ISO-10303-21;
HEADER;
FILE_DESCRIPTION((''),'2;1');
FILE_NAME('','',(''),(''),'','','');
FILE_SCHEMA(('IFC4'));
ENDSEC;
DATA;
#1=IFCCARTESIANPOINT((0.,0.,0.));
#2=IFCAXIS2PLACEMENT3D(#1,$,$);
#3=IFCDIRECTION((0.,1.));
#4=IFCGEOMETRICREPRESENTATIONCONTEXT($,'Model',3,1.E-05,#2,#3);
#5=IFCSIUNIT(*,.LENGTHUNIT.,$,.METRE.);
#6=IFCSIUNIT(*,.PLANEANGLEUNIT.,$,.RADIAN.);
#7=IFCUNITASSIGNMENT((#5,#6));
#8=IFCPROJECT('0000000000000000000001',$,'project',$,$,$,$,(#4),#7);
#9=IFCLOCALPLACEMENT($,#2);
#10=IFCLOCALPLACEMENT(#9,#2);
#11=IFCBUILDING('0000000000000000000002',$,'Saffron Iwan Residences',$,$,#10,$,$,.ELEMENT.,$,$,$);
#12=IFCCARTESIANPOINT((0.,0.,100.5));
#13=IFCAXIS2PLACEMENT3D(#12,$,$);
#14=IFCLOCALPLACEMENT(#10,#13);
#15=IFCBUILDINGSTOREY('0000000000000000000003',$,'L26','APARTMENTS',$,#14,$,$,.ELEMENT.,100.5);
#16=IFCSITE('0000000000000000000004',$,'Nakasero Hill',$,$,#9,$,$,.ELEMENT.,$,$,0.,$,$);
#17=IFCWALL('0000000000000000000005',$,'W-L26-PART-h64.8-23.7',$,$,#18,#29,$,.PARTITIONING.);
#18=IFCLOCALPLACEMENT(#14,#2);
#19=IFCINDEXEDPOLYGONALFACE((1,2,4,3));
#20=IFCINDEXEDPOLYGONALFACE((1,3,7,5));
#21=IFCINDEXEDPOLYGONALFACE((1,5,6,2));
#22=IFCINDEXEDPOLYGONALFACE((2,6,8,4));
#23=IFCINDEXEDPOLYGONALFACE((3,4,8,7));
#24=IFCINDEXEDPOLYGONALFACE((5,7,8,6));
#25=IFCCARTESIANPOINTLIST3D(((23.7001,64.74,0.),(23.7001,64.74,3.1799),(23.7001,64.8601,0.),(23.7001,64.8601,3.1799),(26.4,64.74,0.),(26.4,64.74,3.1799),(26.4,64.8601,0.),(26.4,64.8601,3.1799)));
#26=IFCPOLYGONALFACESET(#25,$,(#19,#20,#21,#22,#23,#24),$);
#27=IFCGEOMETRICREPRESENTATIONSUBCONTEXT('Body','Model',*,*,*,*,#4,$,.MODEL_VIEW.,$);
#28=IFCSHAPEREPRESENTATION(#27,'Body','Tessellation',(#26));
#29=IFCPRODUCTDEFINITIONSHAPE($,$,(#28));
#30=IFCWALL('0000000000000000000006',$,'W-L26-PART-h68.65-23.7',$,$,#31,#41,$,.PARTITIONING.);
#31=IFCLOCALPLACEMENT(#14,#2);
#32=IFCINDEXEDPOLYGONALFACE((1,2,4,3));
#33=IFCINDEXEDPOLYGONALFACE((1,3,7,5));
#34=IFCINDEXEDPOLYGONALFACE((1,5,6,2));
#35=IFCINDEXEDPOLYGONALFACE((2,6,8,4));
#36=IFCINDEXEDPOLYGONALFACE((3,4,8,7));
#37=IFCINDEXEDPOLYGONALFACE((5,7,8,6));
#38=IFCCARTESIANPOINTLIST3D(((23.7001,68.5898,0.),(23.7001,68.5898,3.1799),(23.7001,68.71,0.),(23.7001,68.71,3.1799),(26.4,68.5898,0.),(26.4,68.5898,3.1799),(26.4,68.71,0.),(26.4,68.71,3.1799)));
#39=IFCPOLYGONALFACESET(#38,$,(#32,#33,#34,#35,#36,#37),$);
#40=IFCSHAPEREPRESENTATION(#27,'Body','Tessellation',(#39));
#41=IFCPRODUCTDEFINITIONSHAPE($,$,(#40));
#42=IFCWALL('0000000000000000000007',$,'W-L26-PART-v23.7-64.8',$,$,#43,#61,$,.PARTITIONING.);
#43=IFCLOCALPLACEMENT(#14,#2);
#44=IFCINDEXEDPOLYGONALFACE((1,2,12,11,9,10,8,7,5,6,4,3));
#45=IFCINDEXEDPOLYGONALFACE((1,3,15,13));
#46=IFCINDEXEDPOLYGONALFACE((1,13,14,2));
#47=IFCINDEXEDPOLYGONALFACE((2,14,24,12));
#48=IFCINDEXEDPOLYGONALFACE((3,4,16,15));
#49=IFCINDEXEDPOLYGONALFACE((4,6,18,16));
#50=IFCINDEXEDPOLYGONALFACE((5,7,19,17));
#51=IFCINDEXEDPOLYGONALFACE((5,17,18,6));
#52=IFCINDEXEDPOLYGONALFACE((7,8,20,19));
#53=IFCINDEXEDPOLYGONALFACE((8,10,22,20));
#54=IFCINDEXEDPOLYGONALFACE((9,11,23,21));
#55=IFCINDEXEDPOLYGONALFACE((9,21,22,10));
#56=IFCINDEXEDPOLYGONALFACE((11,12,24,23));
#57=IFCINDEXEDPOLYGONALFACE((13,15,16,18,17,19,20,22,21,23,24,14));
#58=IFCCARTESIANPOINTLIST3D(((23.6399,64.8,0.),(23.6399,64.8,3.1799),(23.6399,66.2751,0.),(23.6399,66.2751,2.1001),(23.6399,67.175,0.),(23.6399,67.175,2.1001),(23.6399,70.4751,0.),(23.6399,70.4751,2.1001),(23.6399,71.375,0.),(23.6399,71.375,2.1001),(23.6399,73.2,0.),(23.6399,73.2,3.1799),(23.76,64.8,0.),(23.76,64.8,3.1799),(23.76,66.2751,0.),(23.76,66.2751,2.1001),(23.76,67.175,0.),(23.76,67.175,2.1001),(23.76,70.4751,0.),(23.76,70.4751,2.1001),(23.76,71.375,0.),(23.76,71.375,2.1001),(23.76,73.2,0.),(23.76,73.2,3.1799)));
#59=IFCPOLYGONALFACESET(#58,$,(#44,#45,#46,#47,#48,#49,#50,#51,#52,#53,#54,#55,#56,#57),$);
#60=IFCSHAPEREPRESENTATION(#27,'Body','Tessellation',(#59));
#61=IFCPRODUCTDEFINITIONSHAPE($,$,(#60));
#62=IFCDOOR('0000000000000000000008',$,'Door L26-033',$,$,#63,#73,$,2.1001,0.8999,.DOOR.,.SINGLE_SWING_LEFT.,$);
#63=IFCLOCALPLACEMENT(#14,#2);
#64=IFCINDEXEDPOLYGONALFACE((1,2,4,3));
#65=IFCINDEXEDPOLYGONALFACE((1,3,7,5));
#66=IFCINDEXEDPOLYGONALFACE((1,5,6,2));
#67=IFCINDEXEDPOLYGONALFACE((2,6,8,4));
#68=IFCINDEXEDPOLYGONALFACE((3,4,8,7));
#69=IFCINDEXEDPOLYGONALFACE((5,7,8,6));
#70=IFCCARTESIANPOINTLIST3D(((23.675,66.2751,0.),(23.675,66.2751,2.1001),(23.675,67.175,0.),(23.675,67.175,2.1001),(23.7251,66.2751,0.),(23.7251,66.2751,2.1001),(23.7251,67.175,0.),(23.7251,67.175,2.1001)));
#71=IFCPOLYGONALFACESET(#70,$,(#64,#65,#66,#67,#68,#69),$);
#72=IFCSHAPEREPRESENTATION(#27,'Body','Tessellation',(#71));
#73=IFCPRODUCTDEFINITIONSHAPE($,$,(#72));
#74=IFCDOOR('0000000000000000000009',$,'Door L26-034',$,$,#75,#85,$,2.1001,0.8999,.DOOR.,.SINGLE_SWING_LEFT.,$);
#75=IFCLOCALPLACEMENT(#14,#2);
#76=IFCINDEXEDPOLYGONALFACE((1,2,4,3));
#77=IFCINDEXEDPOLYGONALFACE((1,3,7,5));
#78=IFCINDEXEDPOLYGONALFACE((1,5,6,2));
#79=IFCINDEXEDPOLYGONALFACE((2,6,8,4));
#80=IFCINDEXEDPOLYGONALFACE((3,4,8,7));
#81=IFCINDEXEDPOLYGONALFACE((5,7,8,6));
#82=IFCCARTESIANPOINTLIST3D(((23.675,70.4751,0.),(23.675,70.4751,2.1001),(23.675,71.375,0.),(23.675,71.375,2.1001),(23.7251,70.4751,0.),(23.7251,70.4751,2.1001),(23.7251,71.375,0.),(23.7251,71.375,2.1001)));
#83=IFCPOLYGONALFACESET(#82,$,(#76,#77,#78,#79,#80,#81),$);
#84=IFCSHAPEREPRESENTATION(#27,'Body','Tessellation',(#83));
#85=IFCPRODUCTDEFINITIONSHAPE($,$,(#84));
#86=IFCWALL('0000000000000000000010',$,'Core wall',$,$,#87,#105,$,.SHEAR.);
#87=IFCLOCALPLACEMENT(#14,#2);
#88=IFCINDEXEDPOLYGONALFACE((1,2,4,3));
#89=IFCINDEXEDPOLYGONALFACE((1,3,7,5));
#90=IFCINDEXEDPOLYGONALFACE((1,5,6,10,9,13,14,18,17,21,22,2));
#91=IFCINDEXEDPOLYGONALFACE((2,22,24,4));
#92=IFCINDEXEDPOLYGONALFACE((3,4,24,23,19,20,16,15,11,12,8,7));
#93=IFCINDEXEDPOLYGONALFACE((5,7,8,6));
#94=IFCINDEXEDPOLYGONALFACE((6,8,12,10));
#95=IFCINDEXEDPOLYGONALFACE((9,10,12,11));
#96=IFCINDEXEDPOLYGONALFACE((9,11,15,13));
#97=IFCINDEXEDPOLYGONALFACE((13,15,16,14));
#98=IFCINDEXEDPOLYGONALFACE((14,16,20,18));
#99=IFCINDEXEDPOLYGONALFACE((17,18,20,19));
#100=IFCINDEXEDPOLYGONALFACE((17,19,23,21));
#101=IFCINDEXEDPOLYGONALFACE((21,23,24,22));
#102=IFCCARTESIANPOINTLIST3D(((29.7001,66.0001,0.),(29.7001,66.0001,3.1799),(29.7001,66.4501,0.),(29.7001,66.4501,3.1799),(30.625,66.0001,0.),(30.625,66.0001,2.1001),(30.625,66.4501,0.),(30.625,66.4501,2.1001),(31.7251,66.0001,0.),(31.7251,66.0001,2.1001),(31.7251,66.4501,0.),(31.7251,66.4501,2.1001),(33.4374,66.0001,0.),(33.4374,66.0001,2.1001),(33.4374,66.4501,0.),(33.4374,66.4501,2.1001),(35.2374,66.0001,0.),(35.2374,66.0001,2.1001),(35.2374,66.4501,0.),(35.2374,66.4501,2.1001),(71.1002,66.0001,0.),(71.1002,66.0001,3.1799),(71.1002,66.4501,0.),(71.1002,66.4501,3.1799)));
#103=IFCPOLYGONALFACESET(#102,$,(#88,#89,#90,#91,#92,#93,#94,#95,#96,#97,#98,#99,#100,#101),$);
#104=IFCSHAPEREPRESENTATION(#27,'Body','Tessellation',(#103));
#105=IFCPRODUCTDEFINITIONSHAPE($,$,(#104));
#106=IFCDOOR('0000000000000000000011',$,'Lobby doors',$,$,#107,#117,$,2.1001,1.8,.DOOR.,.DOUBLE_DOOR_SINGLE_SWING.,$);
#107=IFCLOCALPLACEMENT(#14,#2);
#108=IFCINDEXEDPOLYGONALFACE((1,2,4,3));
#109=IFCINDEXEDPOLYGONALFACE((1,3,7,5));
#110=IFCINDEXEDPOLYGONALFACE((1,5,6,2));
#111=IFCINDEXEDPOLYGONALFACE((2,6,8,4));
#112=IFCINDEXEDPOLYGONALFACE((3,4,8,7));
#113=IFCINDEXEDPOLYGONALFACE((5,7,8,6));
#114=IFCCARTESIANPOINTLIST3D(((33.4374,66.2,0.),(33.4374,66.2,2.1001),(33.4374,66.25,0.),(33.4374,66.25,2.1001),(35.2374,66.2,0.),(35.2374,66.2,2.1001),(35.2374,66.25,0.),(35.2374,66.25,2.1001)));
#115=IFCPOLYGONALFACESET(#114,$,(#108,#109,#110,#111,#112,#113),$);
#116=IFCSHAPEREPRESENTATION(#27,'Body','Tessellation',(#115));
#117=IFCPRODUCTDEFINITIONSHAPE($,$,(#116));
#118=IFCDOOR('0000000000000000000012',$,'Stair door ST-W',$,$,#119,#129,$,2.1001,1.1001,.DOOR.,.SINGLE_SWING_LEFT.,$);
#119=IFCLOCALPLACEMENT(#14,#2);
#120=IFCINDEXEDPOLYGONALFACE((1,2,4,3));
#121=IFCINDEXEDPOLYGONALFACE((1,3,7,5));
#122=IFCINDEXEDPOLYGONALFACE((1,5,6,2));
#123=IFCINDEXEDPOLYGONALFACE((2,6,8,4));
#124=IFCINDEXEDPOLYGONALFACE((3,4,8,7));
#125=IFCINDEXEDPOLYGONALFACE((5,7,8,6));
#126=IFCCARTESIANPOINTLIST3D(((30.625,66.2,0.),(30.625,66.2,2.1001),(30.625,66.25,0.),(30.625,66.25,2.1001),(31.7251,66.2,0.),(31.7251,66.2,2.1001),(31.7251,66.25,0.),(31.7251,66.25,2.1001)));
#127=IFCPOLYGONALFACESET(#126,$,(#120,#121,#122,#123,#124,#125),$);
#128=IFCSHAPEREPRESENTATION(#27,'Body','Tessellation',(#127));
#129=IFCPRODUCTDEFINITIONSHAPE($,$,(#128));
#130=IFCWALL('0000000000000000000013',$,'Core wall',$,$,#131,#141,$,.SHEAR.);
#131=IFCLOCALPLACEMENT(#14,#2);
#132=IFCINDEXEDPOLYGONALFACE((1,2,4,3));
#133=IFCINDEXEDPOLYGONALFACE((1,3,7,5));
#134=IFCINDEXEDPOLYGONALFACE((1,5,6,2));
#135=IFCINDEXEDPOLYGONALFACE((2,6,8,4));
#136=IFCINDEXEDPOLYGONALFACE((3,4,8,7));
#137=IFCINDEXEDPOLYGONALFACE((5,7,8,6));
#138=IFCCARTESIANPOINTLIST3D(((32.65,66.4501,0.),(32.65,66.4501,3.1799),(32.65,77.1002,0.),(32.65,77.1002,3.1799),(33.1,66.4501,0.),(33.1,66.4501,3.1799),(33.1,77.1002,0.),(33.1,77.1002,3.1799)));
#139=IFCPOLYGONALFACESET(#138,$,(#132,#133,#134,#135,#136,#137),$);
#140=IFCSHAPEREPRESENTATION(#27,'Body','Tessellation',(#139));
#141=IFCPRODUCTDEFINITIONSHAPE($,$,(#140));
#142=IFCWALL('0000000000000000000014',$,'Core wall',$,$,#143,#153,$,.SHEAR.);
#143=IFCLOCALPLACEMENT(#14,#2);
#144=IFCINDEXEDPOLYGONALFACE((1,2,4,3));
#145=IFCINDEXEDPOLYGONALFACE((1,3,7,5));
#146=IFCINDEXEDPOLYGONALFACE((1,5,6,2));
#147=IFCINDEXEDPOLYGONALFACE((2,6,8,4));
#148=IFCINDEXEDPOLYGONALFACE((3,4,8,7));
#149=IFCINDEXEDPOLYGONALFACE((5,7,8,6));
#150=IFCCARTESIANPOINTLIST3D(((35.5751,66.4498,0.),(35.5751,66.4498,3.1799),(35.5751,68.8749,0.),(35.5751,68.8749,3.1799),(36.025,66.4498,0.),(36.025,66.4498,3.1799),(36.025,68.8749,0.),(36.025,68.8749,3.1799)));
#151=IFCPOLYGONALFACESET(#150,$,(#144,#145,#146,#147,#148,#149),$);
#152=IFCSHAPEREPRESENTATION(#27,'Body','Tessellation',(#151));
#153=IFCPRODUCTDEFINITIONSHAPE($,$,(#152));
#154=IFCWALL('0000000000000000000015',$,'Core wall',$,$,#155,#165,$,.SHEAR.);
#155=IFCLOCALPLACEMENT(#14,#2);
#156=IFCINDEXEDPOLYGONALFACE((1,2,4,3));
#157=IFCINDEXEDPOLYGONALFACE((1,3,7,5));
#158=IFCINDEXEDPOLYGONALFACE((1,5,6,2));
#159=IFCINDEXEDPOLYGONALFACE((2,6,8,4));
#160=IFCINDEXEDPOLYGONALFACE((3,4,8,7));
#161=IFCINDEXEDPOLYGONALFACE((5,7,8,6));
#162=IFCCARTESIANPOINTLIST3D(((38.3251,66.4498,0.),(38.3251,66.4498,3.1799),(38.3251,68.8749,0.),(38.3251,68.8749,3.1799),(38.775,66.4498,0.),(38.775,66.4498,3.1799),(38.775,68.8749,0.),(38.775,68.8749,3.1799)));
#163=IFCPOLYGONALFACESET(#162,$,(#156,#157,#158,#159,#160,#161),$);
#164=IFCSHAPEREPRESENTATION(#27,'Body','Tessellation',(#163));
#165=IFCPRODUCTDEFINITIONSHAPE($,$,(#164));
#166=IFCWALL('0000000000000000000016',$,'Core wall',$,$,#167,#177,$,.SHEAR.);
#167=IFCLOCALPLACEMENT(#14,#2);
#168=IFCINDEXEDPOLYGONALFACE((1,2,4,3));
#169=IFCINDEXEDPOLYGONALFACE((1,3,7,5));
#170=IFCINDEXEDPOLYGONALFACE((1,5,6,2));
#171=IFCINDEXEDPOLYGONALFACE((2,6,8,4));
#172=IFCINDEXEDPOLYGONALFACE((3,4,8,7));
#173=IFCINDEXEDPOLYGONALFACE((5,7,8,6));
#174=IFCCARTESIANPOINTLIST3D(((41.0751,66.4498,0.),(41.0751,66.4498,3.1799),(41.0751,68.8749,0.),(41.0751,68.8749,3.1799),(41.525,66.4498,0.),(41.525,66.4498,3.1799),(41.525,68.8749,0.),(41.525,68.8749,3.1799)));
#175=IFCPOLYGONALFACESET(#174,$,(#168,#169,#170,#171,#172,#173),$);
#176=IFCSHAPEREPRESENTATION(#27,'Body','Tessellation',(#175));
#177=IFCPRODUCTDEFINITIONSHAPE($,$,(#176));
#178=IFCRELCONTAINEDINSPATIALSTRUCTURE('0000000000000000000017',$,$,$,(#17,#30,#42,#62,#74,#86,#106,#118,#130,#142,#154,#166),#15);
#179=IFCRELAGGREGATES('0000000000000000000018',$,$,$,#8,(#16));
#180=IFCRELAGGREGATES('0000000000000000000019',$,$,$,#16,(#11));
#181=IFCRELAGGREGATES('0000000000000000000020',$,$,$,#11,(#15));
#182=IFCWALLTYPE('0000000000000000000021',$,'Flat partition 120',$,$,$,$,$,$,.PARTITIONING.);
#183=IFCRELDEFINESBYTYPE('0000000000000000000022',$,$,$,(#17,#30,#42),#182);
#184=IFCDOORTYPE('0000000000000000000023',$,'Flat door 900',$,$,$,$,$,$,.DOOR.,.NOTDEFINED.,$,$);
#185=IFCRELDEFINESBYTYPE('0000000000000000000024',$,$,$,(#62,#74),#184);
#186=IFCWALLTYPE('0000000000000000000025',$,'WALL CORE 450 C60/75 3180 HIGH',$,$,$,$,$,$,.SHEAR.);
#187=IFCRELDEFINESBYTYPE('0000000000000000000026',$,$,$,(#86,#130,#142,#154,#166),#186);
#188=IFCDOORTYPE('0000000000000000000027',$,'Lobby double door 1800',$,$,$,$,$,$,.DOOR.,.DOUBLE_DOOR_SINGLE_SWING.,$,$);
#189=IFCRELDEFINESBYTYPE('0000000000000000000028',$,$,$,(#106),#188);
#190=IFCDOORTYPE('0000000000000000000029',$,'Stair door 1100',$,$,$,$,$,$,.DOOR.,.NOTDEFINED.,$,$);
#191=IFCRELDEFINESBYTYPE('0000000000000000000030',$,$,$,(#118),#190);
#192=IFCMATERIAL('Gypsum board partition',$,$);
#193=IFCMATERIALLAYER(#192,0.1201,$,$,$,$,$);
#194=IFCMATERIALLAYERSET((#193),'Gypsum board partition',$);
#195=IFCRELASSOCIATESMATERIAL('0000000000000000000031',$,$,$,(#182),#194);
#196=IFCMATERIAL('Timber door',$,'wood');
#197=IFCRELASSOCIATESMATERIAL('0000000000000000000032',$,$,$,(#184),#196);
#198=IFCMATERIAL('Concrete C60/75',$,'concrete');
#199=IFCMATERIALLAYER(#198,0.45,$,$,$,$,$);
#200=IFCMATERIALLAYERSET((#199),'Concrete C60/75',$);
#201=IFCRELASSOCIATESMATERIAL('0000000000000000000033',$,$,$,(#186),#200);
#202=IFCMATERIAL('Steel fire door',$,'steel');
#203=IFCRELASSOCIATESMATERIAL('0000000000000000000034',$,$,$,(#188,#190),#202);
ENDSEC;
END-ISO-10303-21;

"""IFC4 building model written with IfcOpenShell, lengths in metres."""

from ifc_helpers import new_model, si_unit, direction, frame, frame_2d, origin, place, context, subcontext, project, spatial, rectangle, extrude, material, layer, layer_set, type_object, element, fill, save


model = new_model("IFC4")

# Units and contexts
model_context = context("Model", 3, precision=1e-05, world=origin(), true_north=direction((0.0, 1.0)))
body_context = subcontext(model_context, "Body", "Model", "MODEL_VIEW")
ifc_project = project(units=[si_unit("LENGTHUNIT", "METRE"), si_unit("PLANEANGLEUNIT", "RADIAN")], contexts=[model_context])

# Site, building, storey
site_placement = place(None, origin())
site = spatial("IfcSite", under=ifc_project, at=site_placement, Name="Nakasero Hill", CompositionType="ELEMENT", RefElevation=0.0)
building_placement = place(site_placement, origin())
building = spatial("IfcBuilding", under=site, at=building_placement, Name="Saffron Iwan Residences", CompositionType="ELEMENT")
storey_placement = place(building_placement, frame((0.0, 0.0, 100.5)))
storey = spatial("IfcBuildingStorey", under=building, at=storey_placement, Name="L26", Description="APARTMENTS", CompositionType="ELEMENT", Elevation=100.5)

# Walls
ifc_material_1 = material(Name="Gypsum board partition")
ifc_layer_1 = layer(ifc_material_1, 0.1201)
ifc_layer_set_1 = layer_set([ifc_layer_1], Name="Gypsum board partition")
wall_type_1 = type_object("IfcWallType", Name="Flat partition 120", PredefinedType="PARTITIONING", material=ifc_layer_set_1)
for number, where, z_axis, x_axis, name in (
    (1, (23.7, 64.8, 0.0), (0.0, 0.0, 1.0), (1.0, 0.0, 0.0), "W-L26-PART-h64.8-23.7"),
    (2, (23.7, 68.6499, 0.0), (0.0, 0.0, 1.0), (1.0, 0.0, 0.0), "W-L26-PART-h68.65-23.7"),
):
    element("IfcWall", number, at=place(storey_placement, frame(where, z_axis=z_axis, x_axis=x_axis)), inside=storey, type_object=wall_type_1, Name=name, PredefinedType="PARTITIONING", context=body_context, shape_type="SweptSolid", body=[
        extrude(rectangle(XDim=2.7, YDim=0.1201, at=frame_2d((1.3501, 0.0))), origin(), (0.0, 0.0, 1.0), 3.1799),
    ])

# Walls, openings, doors
wall_1_placement = place(storey_placement, frame((23.7, 64.8, 0.0), z_axis=(0.0, 0.0, 1.0), x_axis=(0.0, 1.0, 0.0)))
wall_1 = element("IfcWall", 3, at=wall_1_placement, inside=storey, type_object=wall_type_1, Name="W-L26-PART-v23.7-64.8", PredefinedType="PARTITIONING", context=body_context, shape_type="SweptSolid", body=[
    extrude(rectangle(XDim=8.3999, YDim=0.1201, at=frame_2d((4.2, 0.0))), origin(), (0.0, 0.0, 1.0), 3.1799),
])
opening_1_placement = place(wall_1_placement, frame((1.4751, 0.0, 0.0)))
opening_1 = element("IfcOpeningElement", 4, at=opening_1_placement, cuts=wall_1, PredefinedType="OPENING", context=body_context, shape_type="SweptSolid", body=[
    extrude(rectangle(XDim=0.8999, YDim=2.1001, at=frame_2d((0.45, 1.05))), frame((0.0, 0.0701, 0.0), z_axis=(0.0, -1.0, 0.0), x_axis=(1.0, 0.0, 0.0)), (0.0, 0.0, 1.0), 0.1401),
])
opening_2_placement = place(wall_1_placement, frame((5.675, 0.0, 0.0)))
opening_2 = element("IfcOpeningElement", 5, at=opening_2_placement, cuts=wall_1, PredefinedType="OPENING", context=body_context, shape_type="SweptSolid", body=[
    extrude(rectangle(XDim=0.8999, YDim=2.1001, at=frame_2d((0.45, 1.05))), frame((0.0, 0.0701, 0.0), z_axis=(0.0, -1.0, 0.0), x_axis=(1.0, 0.0, 0.0)), (0.0, 0.0, 1.0), 0.1401),
])
ifc_material_2 = material(Name="Timber door", Category="wood")
door_type_1 = type_object("IfcDoorType", Name="Flat door 900", OperationType="NOTDEFINED", PredefinedType="DOOR", material=ifc_material_2)
door_1_placement = place(opening_1_placement, origin())
door_1 = element("IfcDoor", 6, at=door_1_placement, inside=storey, type_object=door_type_1, Name="Door L26-033", OperationType="SINGLE_SWING_LEFT", OverallHeight=2.1001, OverallWidth=0.8999, PredefinedType="DOOR", context=body_context, shape_type="SweptSolid", body=[
    extrude(rectangle(XDim=0.8999, YDim=2.1001, at=frame_2d((0.45, 1.05))), frame((0.0, 0.0249, 0.0), z_axis=(0.0, -1.0, 0.0), x_axis=(1.0, 0.0, 0.0)), (0.0, 0.0, 1.0), 0.05),
])
fill(opening_1, door_1)
door_2_placement = place(opening_2_placement, origin())
door_2 = element("IfcDoor", 7, at=door_2_placement, inside=storey, type_object=door_type_1, Name="Door L26-034", OperationType="SINGLE_SWING_LEFT", OverallHeight=2.1001, OverallWidth=0.8999, PredefinedType="DOOR", context=body_context, shape_type="SweptSolid", body=[
    extrude(rectangle(XDim=0.8999, YDim=2.1001, at=frame_2d((0.45, 1.05))), frame((0.0, 0.0249, 0.0), z_axis=(0.0, -1.0, 0.0), x_axis=(1.0, 0.0, 0.0)), (0.0, 0.0, 1.0), 0.05),
])
fill(opening_2, door_2)
ifc_material_3 = material(Name="Concrete C60/75", Category="concrete")
ifc_layer_2 = layer(ifc_material_3, 0.45)
ifc_layer_set_2 = layer_set([ifc_layer_2], Name="Concrete C60/75")
wall_type_2 = type_object("IfcWallType", Name="WALL CORE 450 C60/75 3180 HIGH", PredefinedType="SHEAR", material=ifc_layer_set_2)
wall_2_placement = place(storey_placement, frame((29.7, 66.2251, 0.0), z_axis=(0.0, 0.0, 1.0), x_axis=(1.0, 0.0, 0.0)))
wall_2 = element("IfcWall", 8, at=wall_2_placement, inside=storey, type_object=wall_type_2, Name="Core wall", PredefinedType="SHEAR", context=body_context, shape_type="SweptSolid", body=[
    extrude(rectangle(XDim=41.4001, YDim=0.45, at=frame_2d((20.7002, 0.0))), origin(), (0.0, 0.0, 1.0), 3.1799),
])
opening_3_placement = place(wall_2_placement, frame((0.925, 0.0, 0.0)))
opening_3 = element("IfcOpeningElement", 9, at=opening_3_placement, cuts=wall_2, PredefinedType="OPENING", context=body_context, shape_type="SweptSolid", body=[
    extrude(rectangle(XDim=1.1001, YDim=2.1001, at=frame_2d((0.55, 1.05))), frame((0.0, 0.2349, 0.0), z_axis=(0.0, -1.0, 0.0), x_axis=(1.0, 0.0, 0.0)), (0.0, 0.0, 1.0), 0.47),
])
opening_4_placement = place(wall_2_placement, frame((3.7375, 0.0, 0.0)))
opening_4 = element("IfcOpeningElement", 10, at=opening_4_placement, cuts=wall_2, PredefinedType="OPENING", context=body_context, shape_type="SweptSolid", body=[
    extrude(rectangle(XDim=1.8, YDim=2.1001, at=frame_2d((0.8999, 1.05))), frame((0.0, 0.2349, 0.0), z_axis=(0.0, -1.0, 0.0), x_axis=(1.0, 0.0, 0.0)), (0.0, 0.0, 1.0), 0.47),
])
ifc_material_4 = material(Name="Steel fire door", Category="steel")
door_type_2 = type_object("IfcDoorType", Name="Lobby double door 1800", OperationType="DOUBLE_DOOR_SINGLE_SWING", PredefinedType="DOOR", material=ifc_material_4)
door_3_placement = place(opening_4_placement, origin())
door_3 = element("IfcDoor", 11, at=door_3_placement, inside=storey, type_object=door_type_2, Name="Lobby doors", OperationType="DOUBLE_DOOR_SINGLE_SWING", OverallHeight=2.1001, OverallWidth=1.8, PredefinedType="DOOR", context=body_context, shape_type="SweptSolid", body=[
    extrude(rectangle(XDim=1.8, YDim=2.1001, at=frame_2d((0.8999, 1.05))), frame((0.0, 0.0249, 0.0), z_axis=(0.0, -1.0, 0.0), x_axis=(1.0, 0.0, 0.0)), (0.0, 0.0, 1.0), 0.05),
])
fill(opening_4, door_3)
door_type_3 = type_object("IfcDoorType", Name="Stair door 1100", OperationType="NOTDEFINED", PredefinedType="DOOR", material=ifc_material_4)
door_4_placement = place(opening_3_placement, origin())
door_4 = element("IfcDoor", 12, at=door_4_placement, inside=storey, type_object=door_type_3, Name="Stair door ST-W", OperationType="SINGLE_SWING_LEFT", OverallHeight=2.1001, OverallWidth=1.1001, PredefinedType="DOOR", context=body_context, shape_type="SweptSolid", body=[
    extrude(rectangle(XDim=1.1001, YDim=2.1001, at=frame_2d((0.55, 1.05))), frame((0.0, 0.0249, 0.0), z_axis=(0.0, -1.0, 0.0), x_axis=(1.0, 0.0, 0.0)), (0.0, 0.0, 1.0), 0.05),
])
fill(opening_3, door_4)

# Walls
wall_3_placement = place(storey_placement, frame((32.875, 66.45, 0.0), z_axis=(0.0, 0.0, 1.0), x_axis=(0.0, 1.0, 0.0)))
element("IfcWall", 13, at=wall_3_placement, inside=storey, type_object=wall_type_2, Name="Core wall", PredefinedType="SHEAR", context=body_context, shape_type="SweptSolid", body=[
    extrude(rectangle(XDim=10.6501, YDim=0.45, at=frame_2d((5.3252, 0.0))), origin(), (0.0, 0.0, 1.0), 3.1799),
])
for number, where, z_axis, x_axis, name in (
    (14, (35.8, 66.45, 0.0), (0.0, 0.0, 1.0), (0.0, 1.0, 0.0), "Core wall"),
    (15, (38.55, 66.45, 0.0), (0.0, 0.0, 1.0), (0.0, 1.0, 0.0), "Core wall"),
    (16, (41.3, 66.45, 0.0), (0.0, 0.0, 1.0), (0.0, 1.0, 0.0), "Core wall"),
):
    element("IfcWall", number, at=place(storey_placement, frame(where, z_axis=z_axis, x_axis=x_axis)), inside=storey, type_object=wall_type_2, Name=name, PredefinedType="SHEAR", context=body_context, shape_type="SweptSolid", body=[
        extrude(rectangle(XDim=2.425, YDim=0.45, at=frame_2d((1.2124, 0.0))), origin(), (0.0, 0.0, 1.0), 3.1799),
    ])

save(model, "model.ifc")
